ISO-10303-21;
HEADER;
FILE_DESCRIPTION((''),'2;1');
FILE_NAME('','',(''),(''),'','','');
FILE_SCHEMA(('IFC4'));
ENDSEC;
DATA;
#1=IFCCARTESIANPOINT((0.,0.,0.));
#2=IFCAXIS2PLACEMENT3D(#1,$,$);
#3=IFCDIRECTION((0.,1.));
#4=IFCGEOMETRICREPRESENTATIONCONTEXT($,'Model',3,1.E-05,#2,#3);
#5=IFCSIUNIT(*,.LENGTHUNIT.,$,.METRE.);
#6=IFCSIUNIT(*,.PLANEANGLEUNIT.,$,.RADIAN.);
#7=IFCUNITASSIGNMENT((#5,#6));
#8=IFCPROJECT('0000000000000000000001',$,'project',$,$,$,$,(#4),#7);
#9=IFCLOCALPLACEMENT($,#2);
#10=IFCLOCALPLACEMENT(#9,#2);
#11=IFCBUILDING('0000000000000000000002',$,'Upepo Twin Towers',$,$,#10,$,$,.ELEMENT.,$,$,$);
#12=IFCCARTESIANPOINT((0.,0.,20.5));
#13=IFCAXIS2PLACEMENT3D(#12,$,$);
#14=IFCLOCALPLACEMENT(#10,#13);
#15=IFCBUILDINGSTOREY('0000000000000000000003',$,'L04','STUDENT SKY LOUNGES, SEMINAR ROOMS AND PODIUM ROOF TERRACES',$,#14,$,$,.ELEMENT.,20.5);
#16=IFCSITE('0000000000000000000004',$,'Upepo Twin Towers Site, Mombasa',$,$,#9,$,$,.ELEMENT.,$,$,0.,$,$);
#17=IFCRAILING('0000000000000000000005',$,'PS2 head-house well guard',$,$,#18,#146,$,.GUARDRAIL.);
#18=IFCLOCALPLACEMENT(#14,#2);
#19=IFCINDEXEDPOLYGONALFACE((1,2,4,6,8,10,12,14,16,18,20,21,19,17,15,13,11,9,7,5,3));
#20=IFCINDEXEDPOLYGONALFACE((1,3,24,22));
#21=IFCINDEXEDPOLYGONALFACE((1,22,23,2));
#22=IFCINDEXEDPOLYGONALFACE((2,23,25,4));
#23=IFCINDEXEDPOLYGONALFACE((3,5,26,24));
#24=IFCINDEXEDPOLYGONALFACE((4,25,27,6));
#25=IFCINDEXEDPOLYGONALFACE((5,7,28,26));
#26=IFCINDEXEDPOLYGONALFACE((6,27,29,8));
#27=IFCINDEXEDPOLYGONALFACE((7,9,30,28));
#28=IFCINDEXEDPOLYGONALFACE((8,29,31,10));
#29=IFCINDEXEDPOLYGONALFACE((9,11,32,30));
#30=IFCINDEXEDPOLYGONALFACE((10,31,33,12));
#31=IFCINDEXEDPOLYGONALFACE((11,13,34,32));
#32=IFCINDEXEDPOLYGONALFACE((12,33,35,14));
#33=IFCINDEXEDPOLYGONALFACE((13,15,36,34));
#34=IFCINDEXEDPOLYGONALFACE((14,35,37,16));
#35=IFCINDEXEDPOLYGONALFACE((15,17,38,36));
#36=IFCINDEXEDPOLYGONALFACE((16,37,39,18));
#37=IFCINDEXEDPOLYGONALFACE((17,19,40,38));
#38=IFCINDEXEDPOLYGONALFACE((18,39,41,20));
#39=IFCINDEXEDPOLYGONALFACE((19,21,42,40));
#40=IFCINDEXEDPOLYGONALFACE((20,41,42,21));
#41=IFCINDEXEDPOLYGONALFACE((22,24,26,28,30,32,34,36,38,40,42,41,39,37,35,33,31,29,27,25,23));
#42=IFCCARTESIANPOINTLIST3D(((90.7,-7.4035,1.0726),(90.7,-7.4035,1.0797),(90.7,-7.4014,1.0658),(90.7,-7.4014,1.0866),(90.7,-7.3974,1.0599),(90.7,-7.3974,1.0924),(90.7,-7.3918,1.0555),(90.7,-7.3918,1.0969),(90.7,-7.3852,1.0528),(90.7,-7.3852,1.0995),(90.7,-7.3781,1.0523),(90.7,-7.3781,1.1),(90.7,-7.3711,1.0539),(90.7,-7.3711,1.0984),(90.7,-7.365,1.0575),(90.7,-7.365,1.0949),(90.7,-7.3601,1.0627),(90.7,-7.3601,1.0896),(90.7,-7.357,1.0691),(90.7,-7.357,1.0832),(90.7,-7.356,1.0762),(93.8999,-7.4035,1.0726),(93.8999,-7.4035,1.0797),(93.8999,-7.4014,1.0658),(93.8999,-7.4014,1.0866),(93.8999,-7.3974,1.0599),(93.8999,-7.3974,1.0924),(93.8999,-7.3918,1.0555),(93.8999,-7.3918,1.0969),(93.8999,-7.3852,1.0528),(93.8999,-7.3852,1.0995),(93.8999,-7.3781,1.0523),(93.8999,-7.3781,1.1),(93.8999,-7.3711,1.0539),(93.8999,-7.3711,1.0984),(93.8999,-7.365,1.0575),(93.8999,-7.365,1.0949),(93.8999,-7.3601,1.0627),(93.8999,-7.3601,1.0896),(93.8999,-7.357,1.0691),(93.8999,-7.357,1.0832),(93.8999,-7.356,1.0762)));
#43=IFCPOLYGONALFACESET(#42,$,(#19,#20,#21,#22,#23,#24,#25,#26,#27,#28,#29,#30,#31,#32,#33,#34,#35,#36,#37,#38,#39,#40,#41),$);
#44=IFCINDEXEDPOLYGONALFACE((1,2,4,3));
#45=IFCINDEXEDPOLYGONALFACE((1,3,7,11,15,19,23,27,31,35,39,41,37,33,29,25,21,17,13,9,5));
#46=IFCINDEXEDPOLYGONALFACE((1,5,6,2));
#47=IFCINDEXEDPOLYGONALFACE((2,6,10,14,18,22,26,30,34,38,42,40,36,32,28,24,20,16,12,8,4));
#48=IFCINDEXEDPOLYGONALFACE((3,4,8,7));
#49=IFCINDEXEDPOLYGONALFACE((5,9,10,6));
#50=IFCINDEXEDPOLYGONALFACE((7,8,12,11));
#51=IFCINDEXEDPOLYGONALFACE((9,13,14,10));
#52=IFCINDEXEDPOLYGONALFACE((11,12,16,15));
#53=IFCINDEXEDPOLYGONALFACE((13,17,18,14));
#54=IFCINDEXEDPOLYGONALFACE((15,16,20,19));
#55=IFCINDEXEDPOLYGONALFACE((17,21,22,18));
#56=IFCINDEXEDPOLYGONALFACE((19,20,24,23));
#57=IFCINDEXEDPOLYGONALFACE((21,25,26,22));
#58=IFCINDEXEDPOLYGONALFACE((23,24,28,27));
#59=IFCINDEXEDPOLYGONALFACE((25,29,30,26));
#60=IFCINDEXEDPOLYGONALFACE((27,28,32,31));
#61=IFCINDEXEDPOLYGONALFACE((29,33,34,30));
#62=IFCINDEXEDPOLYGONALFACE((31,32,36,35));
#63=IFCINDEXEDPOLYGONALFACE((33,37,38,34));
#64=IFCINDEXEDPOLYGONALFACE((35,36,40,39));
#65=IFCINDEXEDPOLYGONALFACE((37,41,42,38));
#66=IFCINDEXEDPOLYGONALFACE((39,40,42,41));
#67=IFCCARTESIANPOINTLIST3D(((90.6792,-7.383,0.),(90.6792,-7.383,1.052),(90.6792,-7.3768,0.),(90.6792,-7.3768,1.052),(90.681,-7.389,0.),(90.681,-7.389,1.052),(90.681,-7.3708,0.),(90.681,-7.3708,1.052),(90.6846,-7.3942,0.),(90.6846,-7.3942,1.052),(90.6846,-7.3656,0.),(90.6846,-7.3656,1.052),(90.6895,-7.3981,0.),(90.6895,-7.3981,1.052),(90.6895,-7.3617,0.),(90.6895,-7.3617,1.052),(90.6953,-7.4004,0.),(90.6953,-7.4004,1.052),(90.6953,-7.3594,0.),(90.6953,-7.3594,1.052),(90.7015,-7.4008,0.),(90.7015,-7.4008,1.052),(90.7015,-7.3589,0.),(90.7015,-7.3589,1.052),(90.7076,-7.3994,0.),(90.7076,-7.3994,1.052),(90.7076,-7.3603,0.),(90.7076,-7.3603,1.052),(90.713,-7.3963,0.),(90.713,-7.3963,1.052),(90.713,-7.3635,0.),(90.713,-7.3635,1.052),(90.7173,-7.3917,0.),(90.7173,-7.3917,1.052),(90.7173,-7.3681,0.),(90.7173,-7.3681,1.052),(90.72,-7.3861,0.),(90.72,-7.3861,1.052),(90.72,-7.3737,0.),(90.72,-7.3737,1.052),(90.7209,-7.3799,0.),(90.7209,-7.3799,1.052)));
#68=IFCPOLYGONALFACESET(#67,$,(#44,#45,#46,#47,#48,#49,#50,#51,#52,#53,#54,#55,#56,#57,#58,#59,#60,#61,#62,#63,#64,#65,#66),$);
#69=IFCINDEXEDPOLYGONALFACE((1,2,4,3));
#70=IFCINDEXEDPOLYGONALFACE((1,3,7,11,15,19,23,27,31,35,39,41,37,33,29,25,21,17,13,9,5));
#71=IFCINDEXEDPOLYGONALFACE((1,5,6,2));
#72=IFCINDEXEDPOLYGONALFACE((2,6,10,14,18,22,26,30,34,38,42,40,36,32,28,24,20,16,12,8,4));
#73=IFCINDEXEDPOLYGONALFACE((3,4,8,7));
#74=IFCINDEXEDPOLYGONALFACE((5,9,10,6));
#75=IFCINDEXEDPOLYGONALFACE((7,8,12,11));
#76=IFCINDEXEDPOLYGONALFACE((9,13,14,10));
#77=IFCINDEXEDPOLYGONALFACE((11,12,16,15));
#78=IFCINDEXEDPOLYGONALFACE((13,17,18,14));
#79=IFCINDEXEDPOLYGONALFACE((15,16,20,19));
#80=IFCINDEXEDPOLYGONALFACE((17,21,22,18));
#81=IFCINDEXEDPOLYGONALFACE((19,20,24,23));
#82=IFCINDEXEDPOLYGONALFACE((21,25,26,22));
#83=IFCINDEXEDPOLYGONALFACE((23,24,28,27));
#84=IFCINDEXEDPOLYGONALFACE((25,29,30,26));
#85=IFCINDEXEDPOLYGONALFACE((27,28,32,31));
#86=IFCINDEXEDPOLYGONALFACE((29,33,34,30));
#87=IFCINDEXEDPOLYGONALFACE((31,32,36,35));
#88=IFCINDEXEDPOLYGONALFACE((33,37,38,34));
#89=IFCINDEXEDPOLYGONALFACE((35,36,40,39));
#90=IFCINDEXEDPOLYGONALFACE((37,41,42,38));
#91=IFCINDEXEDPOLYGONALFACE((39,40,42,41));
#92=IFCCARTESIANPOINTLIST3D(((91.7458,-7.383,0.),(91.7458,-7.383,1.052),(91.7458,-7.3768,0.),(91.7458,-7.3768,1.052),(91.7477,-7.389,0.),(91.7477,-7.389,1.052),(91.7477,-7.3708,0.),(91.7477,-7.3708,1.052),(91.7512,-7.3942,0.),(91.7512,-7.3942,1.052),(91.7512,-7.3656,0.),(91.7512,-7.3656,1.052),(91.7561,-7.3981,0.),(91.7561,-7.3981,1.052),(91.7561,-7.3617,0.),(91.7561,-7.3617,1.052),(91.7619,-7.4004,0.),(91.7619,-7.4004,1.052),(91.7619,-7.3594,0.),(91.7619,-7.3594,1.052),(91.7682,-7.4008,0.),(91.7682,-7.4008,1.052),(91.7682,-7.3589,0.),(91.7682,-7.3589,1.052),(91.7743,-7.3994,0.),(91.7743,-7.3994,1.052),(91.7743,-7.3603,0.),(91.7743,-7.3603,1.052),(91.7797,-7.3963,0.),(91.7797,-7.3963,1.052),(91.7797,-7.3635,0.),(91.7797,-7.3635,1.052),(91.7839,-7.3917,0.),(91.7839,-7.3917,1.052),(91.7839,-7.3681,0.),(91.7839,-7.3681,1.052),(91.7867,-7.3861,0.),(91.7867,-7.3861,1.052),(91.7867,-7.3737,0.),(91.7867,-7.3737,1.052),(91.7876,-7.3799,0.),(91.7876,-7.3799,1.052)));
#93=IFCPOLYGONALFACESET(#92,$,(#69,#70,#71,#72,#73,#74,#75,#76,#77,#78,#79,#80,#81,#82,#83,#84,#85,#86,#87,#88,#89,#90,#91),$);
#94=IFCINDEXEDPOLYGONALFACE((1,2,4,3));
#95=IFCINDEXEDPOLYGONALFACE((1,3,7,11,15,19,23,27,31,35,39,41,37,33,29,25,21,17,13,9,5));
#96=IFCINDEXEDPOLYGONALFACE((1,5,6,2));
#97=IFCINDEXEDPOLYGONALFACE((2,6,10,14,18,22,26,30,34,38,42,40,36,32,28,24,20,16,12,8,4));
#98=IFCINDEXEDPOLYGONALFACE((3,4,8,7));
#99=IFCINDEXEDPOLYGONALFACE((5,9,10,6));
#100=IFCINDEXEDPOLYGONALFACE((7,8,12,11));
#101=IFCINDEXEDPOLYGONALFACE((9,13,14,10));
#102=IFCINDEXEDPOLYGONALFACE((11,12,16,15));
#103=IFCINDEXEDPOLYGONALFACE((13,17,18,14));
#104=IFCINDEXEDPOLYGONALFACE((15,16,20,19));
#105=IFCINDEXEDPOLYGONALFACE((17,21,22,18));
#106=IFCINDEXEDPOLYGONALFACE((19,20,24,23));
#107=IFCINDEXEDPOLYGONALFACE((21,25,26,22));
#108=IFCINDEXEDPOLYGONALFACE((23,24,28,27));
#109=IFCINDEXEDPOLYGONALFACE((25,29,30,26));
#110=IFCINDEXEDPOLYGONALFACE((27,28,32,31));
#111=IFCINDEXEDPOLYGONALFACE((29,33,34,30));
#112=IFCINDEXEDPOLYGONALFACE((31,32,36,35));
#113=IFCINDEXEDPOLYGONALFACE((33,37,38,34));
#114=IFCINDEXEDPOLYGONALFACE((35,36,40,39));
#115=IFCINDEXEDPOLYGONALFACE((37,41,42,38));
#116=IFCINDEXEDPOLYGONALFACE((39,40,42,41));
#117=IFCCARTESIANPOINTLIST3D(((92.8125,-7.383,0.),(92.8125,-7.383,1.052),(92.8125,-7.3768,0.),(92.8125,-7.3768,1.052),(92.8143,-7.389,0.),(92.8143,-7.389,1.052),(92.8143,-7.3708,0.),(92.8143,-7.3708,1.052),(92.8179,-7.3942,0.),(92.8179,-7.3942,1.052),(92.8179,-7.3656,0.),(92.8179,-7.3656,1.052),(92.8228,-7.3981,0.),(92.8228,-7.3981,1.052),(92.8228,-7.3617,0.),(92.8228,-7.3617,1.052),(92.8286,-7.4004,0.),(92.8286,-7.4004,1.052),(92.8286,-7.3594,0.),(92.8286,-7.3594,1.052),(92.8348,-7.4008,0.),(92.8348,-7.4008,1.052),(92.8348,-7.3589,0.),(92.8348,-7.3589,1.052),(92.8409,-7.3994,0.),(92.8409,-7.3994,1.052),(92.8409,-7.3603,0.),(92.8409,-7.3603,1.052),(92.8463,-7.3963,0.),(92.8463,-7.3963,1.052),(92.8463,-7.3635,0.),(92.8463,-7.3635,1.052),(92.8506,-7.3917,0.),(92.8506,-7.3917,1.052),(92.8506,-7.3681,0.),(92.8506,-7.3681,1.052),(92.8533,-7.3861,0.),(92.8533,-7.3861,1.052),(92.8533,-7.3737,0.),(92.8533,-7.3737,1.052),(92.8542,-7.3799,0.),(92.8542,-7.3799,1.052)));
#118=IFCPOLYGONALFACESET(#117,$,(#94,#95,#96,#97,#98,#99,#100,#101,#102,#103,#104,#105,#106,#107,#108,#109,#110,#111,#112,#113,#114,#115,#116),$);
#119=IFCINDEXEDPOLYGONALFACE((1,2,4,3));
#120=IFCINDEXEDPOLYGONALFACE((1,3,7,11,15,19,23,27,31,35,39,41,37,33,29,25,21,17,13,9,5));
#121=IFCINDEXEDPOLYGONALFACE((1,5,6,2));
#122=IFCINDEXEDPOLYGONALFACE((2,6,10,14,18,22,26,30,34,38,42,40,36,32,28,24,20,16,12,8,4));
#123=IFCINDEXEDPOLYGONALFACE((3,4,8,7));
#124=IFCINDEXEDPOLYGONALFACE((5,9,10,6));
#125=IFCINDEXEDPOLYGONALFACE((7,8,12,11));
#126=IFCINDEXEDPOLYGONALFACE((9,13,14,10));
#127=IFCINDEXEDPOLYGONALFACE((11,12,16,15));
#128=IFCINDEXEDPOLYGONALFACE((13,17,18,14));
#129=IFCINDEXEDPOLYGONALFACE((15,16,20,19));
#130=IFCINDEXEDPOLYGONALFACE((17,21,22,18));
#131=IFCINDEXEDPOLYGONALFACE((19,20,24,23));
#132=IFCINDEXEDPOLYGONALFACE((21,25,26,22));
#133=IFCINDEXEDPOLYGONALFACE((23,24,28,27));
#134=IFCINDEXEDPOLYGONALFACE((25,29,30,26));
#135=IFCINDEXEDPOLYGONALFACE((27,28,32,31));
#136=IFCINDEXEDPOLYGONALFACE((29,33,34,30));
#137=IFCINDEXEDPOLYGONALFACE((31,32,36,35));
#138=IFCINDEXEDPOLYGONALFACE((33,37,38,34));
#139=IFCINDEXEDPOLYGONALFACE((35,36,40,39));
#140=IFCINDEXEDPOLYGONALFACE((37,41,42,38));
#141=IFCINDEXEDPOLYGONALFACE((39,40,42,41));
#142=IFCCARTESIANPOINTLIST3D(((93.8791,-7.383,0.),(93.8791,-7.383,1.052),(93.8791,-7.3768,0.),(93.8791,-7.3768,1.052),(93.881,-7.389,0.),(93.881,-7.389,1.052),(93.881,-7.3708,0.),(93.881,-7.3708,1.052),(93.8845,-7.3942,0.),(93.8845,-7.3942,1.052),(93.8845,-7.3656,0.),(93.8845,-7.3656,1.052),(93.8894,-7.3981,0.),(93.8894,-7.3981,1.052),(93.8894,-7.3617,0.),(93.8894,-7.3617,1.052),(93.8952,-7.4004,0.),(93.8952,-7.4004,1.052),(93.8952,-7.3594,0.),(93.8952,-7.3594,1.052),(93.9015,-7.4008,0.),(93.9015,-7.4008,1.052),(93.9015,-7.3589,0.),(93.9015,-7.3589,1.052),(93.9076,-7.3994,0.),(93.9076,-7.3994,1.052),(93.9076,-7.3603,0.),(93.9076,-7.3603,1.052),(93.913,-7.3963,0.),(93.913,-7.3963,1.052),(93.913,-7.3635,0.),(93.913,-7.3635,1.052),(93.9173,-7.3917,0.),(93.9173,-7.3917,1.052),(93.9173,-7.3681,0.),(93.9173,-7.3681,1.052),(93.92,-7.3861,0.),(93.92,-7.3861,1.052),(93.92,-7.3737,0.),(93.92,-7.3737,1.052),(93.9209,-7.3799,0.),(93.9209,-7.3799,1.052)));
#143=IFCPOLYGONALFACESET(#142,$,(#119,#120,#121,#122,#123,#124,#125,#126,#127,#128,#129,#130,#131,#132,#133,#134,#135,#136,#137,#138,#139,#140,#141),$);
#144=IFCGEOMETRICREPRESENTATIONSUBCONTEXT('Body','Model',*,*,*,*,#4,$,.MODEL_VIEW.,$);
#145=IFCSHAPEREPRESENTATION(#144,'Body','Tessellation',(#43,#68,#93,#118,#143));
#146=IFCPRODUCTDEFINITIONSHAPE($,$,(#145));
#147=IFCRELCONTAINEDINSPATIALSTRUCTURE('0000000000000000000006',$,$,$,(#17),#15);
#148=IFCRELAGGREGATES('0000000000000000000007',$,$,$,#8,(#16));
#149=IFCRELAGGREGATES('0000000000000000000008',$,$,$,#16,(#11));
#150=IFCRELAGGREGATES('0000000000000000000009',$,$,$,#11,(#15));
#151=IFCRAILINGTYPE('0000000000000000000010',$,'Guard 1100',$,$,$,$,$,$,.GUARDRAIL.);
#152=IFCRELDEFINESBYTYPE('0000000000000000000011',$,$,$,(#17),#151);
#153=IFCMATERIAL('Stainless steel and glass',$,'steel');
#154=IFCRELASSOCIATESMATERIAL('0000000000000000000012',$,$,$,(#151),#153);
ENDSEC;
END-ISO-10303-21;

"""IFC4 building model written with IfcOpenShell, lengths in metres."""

from ifc_helpers import new_model, si_unit, direction, frame, origin, origin_2d, place, context, subcontext, project, spatial, circle, extrude, material, type_object, element, save


model = new_model("IFC4")

# Units and contexts
model_context = context("Model", 3, precision=1e-05, world=origin(), true_north=direction((0.0, 1.0)))
body_context = subcontext(model_context, "Body", "Model", "MODEL_VIEW")
ifc_project = project(units=[si_unit("LENGTHUNIT", "METRE"), si_unit("PLANEANGLEUNIT", "RADIAN")], contexts=[model_context])

# Site, building, storey
site_placement = place(None, origin())
site = spatial("IfcSite", under=ifc_project, at=site_placement, Name="Upepo Twin Towers Site, Mombasa", CompositionType="ELEMENT", RefElevation=0.0)
building_placement = place(site_placement, origin())
building = spatial("IfcBuilding", under=site, at=building_placement, Name="Upepo Twin Towers", CompositionType="ELEMENT")
storey_placement = place(building_placement, frame((0.0, 0.0, 20.5)))
storey = spatial("IfcBuildingStorey", under=building, at=storey_placement, Name="L04", Description="STUDENT SKY LOUNGES, SEMINAR ROOMS AND PODIUM ROOF TERRACES", CompositionType="ELEMENT", Elevation=20.5)

# Railing
ifc_material_1 = material(Name="Stainless steel and glass", Category="steel")
railing_type_1 = type_object("IfcRailingType", Name="Guard 1100", PredefinedType="GUARDRAIL", material=ifc_material_1)
railing_1_placement = place(storey_placement, frame((90.7, -7.3799, 0.0)))
element("IfcRailing", 1, at=railing_1_placement, inside=storey, type_object=railing_type_1, Name="PS2 head-house well guard", PredefinedType="GUARDRAIL", context=body_context, shape_type="SweptSolid", body=[
    extrude(circle(Radius=0.0239, at=origin_2d()), frame((0.0, 0.0, 1.0762), z_axis=(1.0, 0.0, 0.0), x_axis=(0.0, 1.0, 0.0)), (0.0, 0.0, 1.0), 3.2),
    extrude(circle(Radius=0.021, at=origin_2d()), origin(), (0.0, 0.0, 1.0), 1.052),
    extrude(circle(Radius=0.021, at=origin_2d()), frame((1.0667, 0.0, 0.0)), (0.0, 0.0, 1.0), 1.052),
    extrude(circle(Radius=0.021, at=origin_2d()), frame((2.1333, 0.0, 0.0)), (0.0, 0.0, 1.0), 1.052),
    extrude(circle(Radius=0.021, at=origin_2d()), frame((3.2, 0.0, 0.0)), (0.0, 0.0, 1.0), 1.052),
])

save(model, "model.ifc")
